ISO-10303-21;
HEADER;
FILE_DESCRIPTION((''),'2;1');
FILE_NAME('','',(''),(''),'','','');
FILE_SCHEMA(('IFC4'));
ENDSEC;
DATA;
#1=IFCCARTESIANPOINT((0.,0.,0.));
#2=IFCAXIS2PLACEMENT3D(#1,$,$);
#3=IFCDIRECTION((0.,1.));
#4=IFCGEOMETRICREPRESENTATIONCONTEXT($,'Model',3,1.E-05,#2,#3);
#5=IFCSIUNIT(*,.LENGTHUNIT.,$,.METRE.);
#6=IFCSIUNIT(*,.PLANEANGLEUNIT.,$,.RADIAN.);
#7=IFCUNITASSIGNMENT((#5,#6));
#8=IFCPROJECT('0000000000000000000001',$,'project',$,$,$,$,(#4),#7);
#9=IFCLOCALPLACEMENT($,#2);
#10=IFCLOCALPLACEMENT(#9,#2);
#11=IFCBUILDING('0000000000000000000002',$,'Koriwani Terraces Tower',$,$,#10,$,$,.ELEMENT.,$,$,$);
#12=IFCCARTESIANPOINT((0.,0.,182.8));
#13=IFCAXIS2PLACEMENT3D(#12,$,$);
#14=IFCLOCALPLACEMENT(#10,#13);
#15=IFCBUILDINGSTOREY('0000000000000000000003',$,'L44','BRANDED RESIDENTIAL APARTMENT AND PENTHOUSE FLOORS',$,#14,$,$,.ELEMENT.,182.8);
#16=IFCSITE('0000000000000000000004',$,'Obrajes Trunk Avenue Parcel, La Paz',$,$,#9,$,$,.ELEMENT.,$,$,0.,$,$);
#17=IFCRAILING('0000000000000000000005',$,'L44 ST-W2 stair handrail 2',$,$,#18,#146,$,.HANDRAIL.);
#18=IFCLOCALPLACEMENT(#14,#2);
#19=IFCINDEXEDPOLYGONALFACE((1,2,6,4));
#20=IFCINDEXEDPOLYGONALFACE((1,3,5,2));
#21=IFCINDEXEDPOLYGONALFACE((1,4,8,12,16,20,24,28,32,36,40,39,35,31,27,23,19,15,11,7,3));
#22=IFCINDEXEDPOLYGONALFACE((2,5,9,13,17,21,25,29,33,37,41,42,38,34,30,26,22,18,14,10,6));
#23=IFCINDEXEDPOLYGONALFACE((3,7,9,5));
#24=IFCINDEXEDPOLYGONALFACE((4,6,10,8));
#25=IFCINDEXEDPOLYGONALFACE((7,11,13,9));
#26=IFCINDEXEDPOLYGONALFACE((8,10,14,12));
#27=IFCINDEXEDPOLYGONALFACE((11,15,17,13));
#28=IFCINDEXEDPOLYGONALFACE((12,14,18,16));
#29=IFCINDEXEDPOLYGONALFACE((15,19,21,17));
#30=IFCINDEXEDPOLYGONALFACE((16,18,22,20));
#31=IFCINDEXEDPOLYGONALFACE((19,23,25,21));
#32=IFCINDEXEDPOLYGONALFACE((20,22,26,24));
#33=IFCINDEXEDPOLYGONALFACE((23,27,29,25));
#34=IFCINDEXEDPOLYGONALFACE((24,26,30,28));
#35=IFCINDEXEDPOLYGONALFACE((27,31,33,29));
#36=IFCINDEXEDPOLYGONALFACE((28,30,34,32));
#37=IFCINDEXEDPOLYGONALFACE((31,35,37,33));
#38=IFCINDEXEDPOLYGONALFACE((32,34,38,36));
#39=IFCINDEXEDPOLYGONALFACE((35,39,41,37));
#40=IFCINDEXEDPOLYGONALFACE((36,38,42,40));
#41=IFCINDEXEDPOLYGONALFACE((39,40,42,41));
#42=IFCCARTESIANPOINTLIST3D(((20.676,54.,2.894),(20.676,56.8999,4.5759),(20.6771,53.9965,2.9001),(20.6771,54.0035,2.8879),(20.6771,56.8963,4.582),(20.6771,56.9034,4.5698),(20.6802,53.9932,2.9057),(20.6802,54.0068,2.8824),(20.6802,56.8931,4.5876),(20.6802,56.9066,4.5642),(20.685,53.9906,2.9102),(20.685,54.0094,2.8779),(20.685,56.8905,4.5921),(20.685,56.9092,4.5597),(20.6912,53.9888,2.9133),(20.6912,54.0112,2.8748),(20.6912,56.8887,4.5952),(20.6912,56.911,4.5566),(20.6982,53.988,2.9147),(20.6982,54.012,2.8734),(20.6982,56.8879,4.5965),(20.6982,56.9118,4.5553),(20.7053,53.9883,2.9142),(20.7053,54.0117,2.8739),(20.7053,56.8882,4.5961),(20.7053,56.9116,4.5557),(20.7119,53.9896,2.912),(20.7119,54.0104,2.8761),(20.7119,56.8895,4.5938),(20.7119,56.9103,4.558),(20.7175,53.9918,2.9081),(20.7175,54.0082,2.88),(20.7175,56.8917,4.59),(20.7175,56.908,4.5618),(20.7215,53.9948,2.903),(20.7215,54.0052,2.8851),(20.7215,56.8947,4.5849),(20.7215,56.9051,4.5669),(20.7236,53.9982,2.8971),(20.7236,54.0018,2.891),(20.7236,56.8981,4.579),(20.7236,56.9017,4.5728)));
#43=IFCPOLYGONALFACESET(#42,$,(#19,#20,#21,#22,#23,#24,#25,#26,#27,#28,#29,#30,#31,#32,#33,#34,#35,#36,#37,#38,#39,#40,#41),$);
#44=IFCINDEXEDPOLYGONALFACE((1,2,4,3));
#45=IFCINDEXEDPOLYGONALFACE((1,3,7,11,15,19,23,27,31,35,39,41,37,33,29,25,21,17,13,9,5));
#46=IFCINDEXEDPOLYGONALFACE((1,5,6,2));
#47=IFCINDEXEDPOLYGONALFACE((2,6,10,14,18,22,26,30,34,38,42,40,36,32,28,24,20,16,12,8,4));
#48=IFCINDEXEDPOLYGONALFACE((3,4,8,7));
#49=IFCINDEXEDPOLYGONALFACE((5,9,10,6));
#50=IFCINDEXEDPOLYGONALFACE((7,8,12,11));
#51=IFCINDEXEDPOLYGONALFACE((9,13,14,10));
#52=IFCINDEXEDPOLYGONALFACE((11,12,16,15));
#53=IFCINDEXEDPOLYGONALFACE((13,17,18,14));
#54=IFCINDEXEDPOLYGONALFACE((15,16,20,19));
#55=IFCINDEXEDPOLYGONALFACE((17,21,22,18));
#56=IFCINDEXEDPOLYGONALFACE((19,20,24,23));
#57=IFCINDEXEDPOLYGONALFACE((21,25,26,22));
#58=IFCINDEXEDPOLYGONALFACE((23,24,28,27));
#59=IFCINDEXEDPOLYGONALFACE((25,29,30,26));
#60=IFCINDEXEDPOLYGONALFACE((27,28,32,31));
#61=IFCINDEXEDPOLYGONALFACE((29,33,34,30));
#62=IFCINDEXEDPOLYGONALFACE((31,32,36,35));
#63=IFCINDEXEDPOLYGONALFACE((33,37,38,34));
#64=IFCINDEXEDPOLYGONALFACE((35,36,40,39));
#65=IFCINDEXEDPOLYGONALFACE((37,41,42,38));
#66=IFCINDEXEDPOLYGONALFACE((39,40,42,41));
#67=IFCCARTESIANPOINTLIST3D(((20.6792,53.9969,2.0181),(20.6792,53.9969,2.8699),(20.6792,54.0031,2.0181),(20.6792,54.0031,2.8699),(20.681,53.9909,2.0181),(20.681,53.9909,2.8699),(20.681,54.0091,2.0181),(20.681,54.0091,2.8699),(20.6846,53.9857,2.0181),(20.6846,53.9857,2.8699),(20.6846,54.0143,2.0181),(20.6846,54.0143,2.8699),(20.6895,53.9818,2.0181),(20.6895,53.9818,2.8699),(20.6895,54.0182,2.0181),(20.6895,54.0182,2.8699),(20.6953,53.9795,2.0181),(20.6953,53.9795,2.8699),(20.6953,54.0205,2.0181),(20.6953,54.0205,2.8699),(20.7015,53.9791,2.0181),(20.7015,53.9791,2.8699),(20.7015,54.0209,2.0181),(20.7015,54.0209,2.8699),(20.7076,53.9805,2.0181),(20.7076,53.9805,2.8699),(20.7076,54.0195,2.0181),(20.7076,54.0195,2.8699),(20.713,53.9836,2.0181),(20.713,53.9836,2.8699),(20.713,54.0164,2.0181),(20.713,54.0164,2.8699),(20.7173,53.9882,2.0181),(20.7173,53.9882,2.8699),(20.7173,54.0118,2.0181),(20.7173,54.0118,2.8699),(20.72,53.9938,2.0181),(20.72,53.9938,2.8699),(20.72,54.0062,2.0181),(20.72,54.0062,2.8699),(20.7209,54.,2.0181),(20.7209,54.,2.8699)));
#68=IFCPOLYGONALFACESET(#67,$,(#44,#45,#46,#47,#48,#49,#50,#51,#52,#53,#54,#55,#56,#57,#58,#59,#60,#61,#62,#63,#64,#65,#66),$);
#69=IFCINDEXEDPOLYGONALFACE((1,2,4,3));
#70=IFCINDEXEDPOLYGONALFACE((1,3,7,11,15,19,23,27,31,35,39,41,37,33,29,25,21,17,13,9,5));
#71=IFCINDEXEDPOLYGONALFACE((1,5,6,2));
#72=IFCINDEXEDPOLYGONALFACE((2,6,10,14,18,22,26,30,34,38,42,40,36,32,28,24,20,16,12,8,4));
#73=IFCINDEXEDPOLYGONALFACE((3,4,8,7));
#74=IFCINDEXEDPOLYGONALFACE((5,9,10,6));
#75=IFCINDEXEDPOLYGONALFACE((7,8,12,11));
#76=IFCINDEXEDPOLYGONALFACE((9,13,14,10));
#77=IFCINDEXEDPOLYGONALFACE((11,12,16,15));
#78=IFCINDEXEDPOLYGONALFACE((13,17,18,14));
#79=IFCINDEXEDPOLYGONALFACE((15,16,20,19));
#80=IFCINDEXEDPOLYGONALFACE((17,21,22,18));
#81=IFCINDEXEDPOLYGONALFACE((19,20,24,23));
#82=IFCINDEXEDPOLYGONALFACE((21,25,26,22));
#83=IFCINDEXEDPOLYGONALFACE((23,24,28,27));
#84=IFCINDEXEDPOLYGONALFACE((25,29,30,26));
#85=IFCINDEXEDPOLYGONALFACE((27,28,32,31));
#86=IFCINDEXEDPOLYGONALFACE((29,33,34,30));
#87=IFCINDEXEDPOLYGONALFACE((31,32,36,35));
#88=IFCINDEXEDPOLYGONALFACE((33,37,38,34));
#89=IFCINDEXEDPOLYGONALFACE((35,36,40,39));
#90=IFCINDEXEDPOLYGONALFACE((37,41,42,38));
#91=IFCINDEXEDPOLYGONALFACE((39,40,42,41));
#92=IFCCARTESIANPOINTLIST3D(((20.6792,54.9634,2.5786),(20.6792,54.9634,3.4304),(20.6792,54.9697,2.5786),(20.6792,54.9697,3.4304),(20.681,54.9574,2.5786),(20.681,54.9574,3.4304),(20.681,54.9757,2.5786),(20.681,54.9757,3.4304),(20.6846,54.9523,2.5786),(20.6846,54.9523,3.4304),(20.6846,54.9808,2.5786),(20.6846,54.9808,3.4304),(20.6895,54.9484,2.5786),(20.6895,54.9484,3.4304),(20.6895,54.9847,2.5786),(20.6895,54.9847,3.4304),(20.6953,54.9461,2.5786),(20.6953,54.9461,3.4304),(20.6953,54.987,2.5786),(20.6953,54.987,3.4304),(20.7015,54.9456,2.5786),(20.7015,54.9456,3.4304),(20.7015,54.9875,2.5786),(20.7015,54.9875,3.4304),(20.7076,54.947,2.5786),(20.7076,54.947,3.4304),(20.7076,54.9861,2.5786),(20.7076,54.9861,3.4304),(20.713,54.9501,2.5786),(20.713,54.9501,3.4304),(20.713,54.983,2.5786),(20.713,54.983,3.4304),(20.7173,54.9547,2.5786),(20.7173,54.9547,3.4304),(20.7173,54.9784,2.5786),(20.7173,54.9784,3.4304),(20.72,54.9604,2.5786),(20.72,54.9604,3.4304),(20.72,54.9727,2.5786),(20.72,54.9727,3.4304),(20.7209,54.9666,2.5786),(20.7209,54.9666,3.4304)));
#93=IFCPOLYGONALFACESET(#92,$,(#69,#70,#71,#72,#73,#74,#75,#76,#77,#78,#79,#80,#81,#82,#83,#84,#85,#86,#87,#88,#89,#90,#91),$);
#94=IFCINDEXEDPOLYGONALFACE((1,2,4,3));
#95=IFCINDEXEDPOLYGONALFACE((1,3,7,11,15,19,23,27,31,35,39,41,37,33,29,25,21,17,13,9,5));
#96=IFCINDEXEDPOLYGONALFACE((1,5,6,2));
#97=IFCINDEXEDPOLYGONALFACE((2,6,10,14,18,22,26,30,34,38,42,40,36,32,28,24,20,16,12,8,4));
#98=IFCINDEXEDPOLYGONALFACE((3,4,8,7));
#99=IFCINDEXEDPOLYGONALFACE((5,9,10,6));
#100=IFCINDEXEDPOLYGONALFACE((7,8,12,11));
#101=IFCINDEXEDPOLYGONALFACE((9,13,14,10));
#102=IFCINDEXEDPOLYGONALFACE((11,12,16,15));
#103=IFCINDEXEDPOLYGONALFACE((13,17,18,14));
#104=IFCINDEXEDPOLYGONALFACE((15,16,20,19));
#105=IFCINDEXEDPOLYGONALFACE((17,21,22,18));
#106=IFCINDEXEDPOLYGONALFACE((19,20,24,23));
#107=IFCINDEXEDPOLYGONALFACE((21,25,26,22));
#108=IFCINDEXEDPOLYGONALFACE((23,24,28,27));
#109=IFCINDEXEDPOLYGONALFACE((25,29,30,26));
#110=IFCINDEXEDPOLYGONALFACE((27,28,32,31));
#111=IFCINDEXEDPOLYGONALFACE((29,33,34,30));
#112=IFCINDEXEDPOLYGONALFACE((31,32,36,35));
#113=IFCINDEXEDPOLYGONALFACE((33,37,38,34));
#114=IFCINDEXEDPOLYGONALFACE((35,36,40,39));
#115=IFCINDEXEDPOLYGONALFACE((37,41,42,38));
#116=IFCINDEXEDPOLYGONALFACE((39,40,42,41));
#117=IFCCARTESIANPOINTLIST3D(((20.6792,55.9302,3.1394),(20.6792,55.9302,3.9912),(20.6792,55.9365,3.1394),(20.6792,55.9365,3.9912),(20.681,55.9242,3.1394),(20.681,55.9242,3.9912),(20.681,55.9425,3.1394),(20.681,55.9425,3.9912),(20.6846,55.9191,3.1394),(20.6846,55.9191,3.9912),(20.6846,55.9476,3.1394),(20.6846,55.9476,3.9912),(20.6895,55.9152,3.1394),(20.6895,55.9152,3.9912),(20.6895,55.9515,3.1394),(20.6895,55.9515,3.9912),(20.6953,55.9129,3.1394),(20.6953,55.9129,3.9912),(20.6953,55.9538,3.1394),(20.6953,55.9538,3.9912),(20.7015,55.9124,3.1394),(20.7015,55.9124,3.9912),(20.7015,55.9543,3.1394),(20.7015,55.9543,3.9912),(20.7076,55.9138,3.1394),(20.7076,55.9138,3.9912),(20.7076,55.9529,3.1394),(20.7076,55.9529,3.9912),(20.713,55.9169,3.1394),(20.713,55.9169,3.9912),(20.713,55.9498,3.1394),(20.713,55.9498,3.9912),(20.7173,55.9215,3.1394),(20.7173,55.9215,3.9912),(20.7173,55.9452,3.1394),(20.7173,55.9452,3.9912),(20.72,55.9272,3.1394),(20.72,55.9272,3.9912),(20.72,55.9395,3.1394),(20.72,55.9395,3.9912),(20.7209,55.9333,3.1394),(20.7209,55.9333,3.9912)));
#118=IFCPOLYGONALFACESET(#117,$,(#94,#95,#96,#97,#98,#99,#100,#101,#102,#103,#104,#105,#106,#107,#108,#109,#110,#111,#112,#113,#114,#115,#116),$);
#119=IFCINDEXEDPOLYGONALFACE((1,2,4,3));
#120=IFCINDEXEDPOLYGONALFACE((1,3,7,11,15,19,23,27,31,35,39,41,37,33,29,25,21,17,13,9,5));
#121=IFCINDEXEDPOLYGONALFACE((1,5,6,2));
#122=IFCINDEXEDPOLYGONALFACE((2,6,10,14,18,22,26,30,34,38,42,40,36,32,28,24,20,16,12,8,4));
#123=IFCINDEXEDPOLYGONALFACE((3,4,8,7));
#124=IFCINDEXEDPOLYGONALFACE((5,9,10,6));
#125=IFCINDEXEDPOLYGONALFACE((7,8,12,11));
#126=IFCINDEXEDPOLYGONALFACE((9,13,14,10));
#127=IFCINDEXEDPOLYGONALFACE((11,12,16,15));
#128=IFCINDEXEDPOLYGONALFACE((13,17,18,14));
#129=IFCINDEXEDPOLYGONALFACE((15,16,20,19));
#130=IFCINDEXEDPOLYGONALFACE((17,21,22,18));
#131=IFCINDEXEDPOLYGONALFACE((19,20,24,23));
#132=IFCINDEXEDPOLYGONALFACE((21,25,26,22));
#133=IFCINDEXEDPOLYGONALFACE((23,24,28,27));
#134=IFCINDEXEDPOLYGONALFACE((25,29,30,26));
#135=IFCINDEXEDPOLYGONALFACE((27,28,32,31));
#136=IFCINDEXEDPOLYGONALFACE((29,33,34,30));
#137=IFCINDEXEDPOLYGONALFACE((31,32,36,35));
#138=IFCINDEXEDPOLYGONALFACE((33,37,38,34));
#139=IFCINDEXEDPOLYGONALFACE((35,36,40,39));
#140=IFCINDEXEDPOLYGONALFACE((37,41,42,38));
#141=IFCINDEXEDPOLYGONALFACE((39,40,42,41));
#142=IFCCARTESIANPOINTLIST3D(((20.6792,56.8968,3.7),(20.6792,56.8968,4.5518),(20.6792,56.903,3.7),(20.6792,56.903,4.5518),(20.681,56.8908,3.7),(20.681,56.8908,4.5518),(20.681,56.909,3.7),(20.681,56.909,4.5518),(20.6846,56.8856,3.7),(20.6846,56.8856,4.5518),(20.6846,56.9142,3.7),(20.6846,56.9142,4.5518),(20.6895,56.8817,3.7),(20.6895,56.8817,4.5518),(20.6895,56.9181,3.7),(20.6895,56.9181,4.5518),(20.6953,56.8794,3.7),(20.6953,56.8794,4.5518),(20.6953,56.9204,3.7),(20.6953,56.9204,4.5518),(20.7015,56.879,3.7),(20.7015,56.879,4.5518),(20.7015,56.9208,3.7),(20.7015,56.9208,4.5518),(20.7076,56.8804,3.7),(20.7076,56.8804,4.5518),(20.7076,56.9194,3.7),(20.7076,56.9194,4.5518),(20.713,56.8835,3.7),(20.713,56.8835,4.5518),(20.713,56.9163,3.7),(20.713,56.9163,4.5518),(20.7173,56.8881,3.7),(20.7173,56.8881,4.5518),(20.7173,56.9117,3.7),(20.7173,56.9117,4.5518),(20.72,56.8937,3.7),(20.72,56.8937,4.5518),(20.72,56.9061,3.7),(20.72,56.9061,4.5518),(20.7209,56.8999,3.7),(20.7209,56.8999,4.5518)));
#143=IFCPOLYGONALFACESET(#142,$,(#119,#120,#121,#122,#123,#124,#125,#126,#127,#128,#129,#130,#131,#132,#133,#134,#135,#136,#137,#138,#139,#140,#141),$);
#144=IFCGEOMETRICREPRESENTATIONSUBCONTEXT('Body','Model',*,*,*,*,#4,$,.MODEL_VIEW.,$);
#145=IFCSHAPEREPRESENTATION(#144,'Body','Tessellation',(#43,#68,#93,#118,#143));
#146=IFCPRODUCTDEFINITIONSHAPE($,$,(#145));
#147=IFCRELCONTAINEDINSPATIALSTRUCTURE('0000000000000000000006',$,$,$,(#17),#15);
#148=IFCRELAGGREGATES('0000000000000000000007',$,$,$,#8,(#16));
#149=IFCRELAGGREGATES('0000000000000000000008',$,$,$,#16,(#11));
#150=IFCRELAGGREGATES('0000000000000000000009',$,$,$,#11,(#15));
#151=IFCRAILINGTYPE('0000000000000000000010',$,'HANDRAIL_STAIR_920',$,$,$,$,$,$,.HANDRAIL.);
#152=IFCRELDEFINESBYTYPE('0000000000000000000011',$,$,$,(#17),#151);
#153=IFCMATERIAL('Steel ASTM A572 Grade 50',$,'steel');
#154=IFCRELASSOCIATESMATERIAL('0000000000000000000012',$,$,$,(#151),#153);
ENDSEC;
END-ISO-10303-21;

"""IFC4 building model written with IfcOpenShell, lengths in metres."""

from ifc_helpers import new_model, si_unit, direction, frame, origin, origin_2d, place, context, subcontext, project, spatial, circle, extrude, material, type_object, element, save


model = new_model("IFC4")

# Units and contexts
model_context = context("Model", 3, precision=1e-05, world=origin(), true_north=direction((0.0, 1.0)))
body_context = subcontext(model_context, "Body", "Model", "MODEL_VIEW")
ifc_project = project(units=[si_unit("LENGTHUNIT", "METRE"), si_unit("PLANEANGLEUNIT", "RADIAN")], contexts=[model_context])

# Site, building, storey
site_placement = place(None, origin())
site = spatial("IfcSite", under=ifc_project, at=site_placement, Name="Obrajes Trunk Avenue Parcel, La Paz", CompositionType="ELEMENT", RefElevation=0.0)
building_placement = place(site_placement, origin())
building = spatial("IfcBuilding", under=site, at=building_placement, Name="Koriwani Terraces Tower", CompositionType="ELEMENT")
storey_placement = place(building_placement, frame((0.0, 0.0, 182.8)))
storey = spatial("IfcBuildingStorey", under=building, at=storey_placement, Name="L44", Description="BRANDED RESIDENTIAL APARTMENT AND PENTHOUSE FLOORS", CompositionType="ELEMENT", Elevation=182.8)

# Shared definitions
ifc_material_1 = material(Name="Steel ASTM A572 Grade 50", Category="steel")

# Railing
railing_type_1 = type_object("IfcRailingType", Name="HANDRAIL_STAIR_920", PredefinedType="HANDRAIL", material=ifc_material_1)
railing_1_placement = place(storey_placement, frame((20.7, 54.0, 2.0181)))
element("IfcRailing", 1, at=railing_1_placement, inside=storey, type_object=railing_type_1, Name="L44 ST-W2 stair handrail 2", PredefinedType="HANDRAIL", context=body_context, shape_type="SweptSolid", body=[
    extrude(circle(Radius=0.0239, at=origin_2d()), frame((0.0, 0.0, 0.876), z_axis=(0.0, 0.865039, 0.501705), x_axis=(-1.0, 0.0, 0.0)), (0.0, 0.0, 1.0), 3.3523),
    extrude(circle(Radius=0.021, at=origin_2d()), origin(), (0.0, 0.0, 1.0), 0.8518),
    extrude(circle(Radius=0.021, at=origin_2d()), frame((0.0, 0.9666, 0.5605)), (0.0, 0.0, 1.0), 0.8518),
    extrude(circle(Radius=0.021, at=origin_2d()), frame((0.0, 1.9333, 1.1213)), (0.0, 0.0, 1.0), 0.8518),
    extrude(circle(Radius=0.021, at=origin_2d()), frame((0.0, 2.8999, 1.6819)), (0.0, 0.0, 1.0), 0.8518),
])

save(model, "model.ifc")
